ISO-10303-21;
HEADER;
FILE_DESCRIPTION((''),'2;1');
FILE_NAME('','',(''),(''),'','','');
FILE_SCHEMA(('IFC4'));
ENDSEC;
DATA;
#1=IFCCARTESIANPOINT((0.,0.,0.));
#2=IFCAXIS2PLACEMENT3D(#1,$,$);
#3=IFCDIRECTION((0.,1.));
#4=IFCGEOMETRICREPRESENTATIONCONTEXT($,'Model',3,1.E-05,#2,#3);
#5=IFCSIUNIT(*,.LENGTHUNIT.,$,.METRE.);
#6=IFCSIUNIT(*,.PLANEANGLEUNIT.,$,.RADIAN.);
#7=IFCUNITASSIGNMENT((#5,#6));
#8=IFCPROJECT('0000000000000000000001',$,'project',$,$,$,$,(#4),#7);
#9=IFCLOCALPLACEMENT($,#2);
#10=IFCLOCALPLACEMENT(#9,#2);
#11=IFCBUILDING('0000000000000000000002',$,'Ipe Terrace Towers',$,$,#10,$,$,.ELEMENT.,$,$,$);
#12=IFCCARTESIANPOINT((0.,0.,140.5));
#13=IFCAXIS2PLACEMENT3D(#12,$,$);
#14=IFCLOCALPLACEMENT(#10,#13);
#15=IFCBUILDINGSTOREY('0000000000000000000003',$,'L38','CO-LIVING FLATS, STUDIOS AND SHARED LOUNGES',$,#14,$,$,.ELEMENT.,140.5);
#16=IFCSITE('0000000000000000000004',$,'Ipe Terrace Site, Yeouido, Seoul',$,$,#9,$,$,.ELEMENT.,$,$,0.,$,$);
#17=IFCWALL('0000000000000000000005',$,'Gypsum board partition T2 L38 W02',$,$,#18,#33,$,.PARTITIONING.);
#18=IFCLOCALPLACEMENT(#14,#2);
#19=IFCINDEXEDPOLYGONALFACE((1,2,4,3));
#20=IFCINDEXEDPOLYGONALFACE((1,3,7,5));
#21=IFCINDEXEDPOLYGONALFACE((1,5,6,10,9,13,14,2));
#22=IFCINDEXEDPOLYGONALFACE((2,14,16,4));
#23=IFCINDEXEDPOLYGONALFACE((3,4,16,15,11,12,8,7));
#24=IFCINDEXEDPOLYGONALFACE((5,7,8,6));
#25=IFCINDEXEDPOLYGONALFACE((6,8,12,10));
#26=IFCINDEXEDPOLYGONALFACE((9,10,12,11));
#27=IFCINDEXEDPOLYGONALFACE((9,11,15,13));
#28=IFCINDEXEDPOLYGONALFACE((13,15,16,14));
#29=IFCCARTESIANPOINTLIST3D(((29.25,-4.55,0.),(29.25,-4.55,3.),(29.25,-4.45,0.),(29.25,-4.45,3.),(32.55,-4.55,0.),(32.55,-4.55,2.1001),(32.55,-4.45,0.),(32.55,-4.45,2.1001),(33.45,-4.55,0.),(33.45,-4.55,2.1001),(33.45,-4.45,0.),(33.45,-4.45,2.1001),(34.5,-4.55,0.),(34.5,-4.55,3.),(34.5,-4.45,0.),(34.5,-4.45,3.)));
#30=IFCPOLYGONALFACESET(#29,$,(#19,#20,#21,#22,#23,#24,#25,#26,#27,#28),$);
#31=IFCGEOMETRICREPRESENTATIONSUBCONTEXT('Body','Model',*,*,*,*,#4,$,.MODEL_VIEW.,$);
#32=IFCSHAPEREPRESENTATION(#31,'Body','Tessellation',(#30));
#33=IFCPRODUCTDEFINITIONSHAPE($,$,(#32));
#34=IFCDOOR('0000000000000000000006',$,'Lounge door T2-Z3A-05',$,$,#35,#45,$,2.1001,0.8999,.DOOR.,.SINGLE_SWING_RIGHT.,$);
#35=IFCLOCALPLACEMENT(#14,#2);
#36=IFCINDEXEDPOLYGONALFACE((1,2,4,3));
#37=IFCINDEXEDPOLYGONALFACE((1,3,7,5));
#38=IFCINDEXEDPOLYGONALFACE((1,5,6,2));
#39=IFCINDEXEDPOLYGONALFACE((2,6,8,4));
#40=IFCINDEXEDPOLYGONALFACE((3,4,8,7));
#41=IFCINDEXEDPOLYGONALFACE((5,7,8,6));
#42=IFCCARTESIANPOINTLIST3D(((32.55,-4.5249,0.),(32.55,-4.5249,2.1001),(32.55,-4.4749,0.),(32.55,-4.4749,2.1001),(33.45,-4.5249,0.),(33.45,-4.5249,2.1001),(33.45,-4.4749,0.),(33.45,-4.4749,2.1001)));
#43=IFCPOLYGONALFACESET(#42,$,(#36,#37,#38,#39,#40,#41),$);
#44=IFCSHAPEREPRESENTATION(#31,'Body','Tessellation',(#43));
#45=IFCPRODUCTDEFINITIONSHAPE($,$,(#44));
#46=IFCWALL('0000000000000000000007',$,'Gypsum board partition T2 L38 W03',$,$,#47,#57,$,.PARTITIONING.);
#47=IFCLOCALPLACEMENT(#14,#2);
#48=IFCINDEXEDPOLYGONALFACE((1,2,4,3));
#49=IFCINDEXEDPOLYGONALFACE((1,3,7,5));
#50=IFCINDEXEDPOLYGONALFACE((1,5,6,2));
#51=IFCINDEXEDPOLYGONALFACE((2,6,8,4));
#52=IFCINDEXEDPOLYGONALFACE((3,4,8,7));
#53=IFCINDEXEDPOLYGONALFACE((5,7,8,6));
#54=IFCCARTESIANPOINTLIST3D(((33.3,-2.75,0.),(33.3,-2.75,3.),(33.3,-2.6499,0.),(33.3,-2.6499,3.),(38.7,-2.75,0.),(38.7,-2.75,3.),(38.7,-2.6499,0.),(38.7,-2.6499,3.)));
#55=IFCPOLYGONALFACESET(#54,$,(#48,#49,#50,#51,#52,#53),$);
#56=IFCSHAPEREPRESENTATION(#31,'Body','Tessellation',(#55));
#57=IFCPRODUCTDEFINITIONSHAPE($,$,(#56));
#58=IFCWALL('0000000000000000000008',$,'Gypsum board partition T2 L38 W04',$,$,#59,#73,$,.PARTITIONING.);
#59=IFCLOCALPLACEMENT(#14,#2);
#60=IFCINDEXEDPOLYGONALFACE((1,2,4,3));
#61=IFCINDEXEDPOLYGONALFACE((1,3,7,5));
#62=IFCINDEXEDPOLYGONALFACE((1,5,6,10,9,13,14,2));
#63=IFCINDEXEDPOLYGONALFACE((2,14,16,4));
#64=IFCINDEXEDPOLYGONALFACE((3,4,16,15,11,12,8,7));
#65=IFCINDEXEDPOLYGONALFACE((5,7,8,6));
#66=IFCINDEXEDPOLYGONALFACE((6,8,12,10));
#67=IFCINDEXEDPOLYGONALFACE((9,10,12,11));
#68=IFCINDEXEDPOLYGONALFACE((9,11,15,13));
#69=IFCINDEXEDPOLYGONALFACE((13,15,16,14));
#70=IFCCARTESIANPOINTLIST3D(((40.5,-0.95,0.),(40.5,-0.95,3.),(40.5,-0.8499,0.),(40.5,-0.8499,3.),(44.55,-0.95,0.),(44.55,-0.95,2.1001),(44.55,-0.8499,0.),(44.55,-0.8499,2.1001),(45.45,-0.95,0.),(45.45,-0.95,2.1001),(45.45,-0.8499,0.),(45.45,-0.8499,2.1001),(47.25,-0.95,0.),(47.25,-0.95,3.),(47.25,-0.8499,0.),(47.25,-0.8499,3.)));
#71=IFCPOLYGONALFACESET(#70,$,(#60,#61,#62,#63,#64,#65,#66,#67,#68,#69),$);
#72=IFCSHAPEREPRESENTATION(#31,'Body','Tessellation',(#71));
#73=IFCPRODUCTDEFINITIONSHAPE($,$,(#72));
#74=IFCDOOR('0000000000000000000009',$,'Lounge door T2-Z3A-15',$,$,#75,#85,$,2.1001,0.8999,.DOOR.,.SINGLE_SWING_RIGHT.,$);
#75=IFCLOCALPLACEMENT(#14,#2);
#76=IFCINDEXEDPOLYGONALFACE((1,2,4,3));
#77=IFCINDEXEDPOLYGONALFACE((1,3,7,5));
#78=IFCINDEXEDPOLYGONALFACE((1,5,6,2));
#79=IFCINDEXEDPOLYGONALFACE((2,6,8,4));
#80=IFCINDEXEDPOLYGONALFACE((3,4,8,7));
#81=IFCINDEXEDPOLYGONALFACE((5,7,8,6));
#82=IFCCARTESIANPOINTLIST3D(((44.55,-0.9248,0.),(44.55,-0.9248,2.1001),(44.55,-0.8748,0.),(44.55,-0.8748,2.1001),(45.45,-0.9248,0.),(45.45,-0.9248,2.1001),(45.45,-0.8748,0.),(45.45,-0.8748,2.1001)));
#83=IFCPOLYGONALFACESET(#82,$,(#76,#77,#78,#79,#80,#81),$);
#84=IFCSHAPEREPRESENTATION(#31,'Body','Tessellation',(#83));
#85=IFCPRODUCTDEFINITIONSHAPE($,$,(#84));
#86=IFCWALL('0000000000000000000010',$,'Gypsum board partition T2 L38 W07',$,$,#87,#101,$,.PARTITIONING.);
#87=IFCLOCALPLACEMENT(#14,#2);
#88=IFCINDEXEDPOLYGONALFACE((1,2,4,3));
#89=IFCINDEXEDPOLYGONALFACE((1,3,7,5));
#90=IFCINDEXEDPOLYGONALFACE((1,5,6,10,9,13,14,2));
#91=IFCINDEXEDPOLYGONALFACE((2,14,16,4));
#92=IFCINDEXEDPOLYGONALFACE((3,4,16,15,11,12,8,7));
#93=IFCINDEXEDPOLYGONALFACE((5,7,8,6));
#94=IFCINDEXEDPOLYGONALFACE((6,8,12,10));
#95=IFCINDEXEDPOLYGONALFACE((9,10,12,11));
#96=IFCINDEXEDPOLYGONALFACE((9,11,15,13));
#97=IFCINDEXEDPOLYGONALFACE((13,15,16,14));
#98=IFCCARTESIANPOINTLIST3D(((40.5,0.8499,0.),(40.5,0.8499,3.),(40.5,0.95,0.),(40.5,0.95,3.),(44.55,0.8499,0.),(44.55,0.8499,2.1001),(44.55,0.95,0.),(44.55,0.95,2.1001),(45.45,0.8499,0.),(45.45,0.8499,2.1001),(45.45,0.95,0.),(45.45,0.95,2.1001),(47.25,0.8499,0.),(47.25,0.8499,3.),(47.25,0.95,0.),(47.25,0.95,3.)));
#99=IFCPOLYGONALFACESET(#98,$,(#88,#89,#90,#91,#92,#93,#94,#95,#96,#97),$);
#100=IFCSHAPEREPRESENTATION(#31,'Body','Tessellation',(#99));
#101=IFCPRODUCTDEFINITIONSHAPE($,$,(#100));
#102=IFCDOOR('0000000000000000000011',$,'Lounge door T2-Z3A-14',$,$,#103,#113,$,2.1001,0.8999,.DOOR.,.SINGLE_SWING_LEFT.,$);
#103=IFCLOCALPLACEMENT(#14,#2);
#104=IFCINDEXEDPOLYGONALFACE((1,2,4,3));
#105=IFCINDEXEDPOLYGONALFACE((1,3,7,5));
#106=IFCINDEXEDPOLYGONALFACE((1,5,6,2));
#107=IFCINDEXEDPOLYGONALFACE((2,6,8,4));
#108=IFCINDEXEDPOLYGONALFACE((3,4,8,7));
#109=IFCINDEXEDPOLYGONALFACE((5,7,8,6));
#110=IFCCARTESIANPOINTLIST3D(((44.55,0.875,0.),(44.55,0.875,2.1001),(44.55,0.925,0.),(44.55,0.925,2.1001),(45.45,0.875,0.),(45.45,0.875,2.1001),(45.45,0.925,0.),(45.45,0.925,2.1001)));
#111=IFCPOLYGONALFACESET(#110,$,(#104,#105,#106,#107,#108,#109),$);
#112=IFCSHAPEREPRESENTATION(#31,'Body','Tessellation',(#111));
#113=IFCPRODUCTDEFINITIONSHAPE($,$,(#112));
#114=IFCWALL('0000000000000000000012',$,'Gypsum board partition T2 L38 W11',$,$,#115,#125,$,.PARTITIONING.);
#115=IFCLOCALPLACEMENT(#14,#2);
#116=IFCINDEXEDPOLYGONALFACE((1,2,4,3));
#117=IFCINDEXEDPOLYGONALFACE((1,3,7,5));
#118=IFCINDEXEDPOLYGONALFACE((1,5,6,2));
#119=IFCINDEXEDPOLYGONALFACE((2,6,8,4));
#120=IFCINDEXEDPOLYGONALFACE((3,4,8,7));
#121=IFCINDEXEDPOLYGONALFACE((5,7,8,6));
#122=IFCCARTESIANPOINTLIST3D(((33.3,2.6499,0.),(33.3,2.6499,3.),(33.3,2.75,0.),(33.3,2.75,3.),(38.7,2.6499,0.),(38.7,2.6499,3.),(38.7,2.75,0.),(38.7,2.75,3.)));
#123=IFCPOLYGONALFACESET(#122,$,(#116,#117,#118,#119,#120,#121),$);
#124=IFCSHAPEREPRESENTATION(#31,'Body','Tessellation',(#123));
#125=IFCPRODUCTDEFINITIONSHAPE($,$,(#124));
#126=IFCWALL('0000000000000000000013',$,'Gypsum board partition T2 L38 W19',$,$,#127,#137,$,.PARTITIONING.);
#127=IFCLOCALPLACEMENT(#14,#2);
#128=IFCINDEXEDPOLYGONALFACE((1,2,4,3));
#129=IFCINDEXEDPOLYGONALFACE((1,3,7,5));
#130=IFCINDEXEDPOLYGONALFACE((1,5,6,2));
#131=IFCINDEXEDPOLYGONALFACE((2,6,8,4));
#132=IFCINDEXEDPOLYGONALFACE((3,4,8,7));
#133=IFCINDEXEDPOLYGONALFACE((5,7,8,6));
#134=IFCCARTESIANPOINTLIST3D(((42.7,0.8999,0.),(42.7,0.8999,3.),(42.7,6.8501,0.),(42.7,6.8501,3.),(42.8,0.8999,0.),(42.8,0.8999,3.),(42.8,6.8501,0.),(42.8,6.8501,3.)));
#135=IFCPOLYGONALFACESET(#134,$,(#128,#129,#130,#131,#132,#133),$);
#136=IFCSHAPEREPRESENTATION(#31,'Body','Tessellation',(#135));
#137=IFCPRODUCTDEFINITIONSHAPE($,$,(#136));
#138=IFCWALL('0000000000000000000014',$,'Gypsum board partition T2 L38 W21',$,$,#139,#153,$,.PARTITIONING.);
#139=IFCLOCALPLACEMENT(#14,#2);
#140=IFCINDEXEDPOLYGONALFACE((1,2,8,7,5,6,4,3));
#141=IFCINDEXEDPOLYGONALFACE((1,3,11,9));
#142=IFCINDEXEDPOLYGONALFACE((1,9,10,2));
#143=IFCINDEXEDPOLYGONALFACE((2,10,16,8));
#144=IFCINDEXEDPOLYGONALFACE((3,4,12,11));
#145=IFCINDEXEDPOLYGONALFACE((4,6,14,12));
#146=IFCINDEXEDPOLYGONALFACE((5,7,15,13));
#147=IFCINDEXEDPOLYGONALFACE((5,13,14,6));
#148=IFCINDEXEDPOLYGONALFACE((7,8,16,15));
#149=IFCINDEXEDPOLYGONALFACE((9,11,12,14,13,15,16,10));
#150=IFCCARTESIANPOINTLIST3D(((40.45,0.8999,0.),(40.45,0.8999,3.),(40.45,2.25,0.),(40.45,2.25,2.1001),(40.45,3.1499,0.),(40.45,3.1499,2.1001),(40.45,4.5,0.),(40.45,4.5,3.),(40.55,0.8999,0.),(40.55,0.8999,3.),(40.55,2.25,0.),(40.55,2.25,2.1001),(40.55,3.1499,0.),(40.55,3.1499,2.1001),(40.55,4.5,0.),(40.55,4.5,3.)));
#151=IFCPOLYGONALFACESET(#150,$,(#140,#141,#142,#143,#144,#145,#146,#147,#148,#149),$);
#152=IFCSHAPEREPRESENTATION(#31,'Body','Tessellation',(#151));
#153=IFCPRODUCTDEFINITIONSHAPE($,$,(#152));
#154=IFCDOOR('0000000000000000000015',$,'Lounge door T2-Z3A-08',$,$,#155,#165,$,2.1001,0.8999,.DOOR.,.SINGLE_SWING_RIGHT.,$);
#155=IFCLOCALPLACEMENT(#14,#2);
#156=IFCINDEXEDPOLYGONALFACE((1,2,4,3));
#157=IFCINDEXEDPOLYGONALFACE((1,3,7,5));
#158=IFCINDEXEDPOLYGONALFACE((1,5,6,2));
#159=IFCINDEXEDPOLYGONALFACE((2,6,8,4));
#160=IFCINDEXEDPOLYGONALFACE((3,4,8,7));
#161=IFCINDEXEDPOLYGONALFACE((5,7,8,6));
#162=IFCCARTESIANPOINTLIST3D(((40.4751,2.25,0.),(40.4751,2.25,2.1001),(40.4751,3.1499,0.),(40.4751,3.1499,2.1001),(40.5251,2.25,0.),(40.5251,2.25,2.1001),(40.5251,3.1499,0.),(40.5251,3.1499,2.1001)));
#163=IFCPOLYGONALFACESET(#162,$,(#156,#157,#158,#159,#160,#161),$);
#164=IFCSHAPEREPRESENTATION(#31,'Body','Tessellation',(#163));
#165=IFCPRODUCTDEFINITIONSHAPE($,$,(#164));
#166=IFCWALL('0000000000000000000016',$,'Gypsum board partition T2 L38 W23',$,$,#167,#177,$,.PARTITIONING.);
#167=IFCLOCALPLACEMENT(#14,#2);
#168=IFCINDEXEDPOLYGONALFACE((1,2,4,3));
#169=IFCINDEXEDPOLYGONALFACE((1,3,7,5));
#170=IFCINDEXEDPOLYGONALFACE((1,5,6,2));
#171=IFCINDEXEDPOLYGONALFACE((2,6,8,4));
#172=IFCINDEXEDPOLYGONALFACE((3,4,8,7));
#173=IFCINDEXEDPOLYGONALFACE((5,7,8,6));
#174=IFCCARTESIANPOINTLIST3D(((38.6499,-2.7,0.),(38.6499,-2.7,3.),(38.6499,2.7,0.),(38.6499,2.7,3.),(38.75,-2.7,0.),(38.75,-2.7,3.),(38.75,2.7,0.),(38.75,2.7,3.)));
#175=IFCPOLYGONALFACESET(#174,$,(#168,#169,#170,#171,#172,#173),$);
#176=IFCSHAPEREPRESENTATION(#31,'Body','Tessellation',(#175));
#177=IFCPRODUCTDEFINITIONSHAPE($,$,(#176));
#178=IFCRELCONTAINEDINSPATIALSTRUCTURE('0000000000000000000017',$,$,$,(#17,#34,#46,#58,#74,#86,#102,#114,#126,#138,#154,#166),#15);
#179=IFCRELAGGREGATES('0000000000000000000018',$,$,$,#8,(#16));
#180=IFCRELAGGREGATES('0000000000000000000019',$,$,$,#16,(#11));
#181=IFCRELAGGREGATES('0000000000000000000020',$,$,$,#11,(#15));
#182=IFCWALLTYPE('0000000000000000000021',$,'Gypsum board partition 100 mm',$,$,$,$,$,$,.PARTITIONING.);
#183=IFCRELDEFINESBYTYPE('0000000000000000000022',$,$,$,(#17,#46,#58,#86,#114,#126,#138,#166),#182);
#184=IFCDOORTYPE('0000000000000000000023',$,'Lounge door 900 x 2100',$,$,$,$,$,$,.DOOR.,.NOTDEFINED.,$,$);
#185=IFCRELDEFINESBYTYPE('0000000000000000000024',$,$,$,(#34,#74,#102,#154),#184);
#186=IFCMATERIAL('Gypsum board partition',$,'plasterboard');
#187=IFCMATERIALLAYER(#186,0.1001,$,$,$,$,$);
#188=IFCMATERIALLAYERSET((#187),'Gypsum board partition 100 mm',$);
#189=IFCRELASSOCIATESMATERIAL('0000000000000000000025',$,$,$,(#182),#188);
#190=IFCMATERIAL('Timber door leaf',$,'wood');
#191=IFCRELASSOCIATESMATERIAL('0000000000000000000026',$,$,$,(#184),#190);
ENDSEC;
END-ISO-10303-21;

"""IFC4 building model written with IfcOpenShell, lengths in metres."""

from ifc_helpers import new_model, si_unit, direction, frame, frame_2d, origin, place, context, subcontext, project, spatial, rectangle, extrude, material, layer, layer_set, type_object, element, fill, save


model = new_model("IFC4")

# Units and contexts
model_context = context("Model", 3, precision=1e-05, world=origin(), true_north=direction((0.0, 1.0)))
body_context = subcontext(model_context, "Body", "Model", "MODEL_VIEW")
ifc_project = project(units=[si_unit("LENGTHUNIT", "METRE"), si_unit("PLANEANGLEUNIT", "RADIAN")], contexts=[model_context])

# Site, building, storey
site_placement = place(None, origin())
site = spatial("IfcSite", under=ifc_project, at=site_placement, Name="Ipe Terrace Site, Yeouido, Seoul", CompositionType="ELEMENT", RefElevation=0.0)
building_placement = place(site_placement, origin())
building = spatial("IfcBuilding", under=site, at=building_placement, Name="Ipe Terrace Towers", CompositionType="ELEMENT")
storey_placement = place(building_placement, frame((0.0, 0.0, 140.5)))
storey = spatial("IfcBuildingStorey", under=building, at=storey_placement, Name="L38", Description="CO-LIVING FLATS, STUDIOS AND SHARED LOUNGES", CompositionType="ELEMENT", Elevation=140.5)

# Wall, opening, door
ifc_material_1 = material(Name="Gypsum board partition", Category="plasterboard")
ifc_layer_1 = layer(ifc_material_1, 0.1001)
ifc_layer_set_1 = layer_set([ifc_layer_1], Name="Gypsum board partition 100 mm")
wall_type_1 = type_object("IfcWallType", Name="Gypsum board partition 100 mm", PredefinedType="PARTITIONING", material=ifc_layer_set_1)
ifc_material_2 = material(Name="Timber door leaf", Category="wood")
door_type = type_object("IfcDoorType", Name="Lounge door 900 x 2100", OperationType="NOTDEFINED", PredefinedType="DOOR", material=ifc_material_2)
wall_1_placement = place(storey_placement, frame((34.5, -4.5, 0.0), z_axis=(0.0, 0.0, 1.0), x_axis=(-1.0, 0.0, 0.0)))
wall_1 = element("IfcWall", 1, at=wall_1_placement, inside=storey, type_object=wall_type_1, Name="Gypsum board partition T2 L38 W02", PredefinedType="PARTITIONING", context=body_context, shape_type="SweptSolid", body=[
    extrude(rectangle(XDim=5.25, YDim=0.1001, at=frame_2d((2.625, 0.0))), origin(), (0.0, 0.0, 1.0), 3.0),
])
opening_1_placement = place(wall_1_placement, frame((1.05, 0.0, 0.0)))
opening_1 = element("IfcOpeningElement", 2, at=opening_1_placement, cuts=wall_1, PredefinedType="OPENING", context=body_context, shape_type="SweptSolid", body=[
    extrude(rectangle(XDim=0.8999, YDim=2.1001, at=frame_2d((0.45, 1.05))), frame((0.0, 0.0601, 0.0), z_axis=(0.0, -1.0, 0.0), x_axis=(1.0, 0.0, 0.0)), (0.0, 0.0, 1.0), 0.1201),
])
door_1_placement = place(opening_1_placement, origin())
door_1 = element("IfcDoor", 3, at=door_1_placement, inside=storey, type_object=door_type, Name="Lounge door T2-Z3A-05", OperationType="SINGLE_SWING_RIGHT", OverallHeight=2.1001, OverallWidth=0.8999, PredefinedType="DOOR", context=body_context, shape_type="SweptSolid", body=[
    extrude(rectangle(XDim=0.8999, YDim=2.1001, at=frame_2d((0.45, 1.05))), frame((0.0, 0.0249, 0.0), z_axis=(0.0, -1.0, 0.0), x_axis=(1.0, 0.0, 0.0)), (0.0, 0.0, 1.0), 0.05),
])
fill(opening_1, door_1)

# Wall
wall_2_placement = place(storey_placement, frame((38.7, -2.7, 0.0), z_axis=(0.0, 0.0, 1.0), x_axis=(-1.0, 0.0, 0.0)))
element("IfcWall", 4, at=wall_2_placement, inside=storey, type_object=wall_type_1, Name="Gypsum board partition T2 L38 W03", PredefinedType="PARTITIONING", context=body_context, shape_type="SweptSolid", body=[
    extrude(rectangle(XDim=5.3999, YDim=0.1001, at=frame_2d((2.7, 0.0))), origin(), (0.0, 0.0, 1.0), 3.0),
])

# Walls, openings, doors
wall_3_placement = place(storey_placement, frame((47.25, -0.8999, 0.0), z_axis=(0.0, 0.0, 1.0), x_axis=(-1.0, 0.0, 0.0)))
wall_3 = element("IfcWall", 5, at=wall_3_placement, inside=storey, type_object=wall_type_1, Name="Gypsum board partition T2 L38 W04", PredefinedType="PARTITIONING", context=body_context, shape_type="SweptSolid", body=[
    extrude(rectangle(XDim=6.75, YDim=0.1001, at=frame_2d((3.375, 0.0))), origin(), (0.0, 0.0, 1.0), 3.0),
])
opening_2_placement = place(wall_3_placement, frame((1.8, 0.0, 0.0)))
opening_2 = element("IfcOpeningElement", 6, at=opening_2_placement, cuts=wall_3, PredefinedType="OPENING", context=body_context, shape_type="SweptSolid", body=[
    extrude(rectangle(XDim=0.8999, YDim=2.1001, at=frame_2d((0.45, 1.05))), frame((0.0, 0.0601, 0.0), z_axis=(0.0, -1.0, 0.0), x_axis=(1.0, 0.0, 0.0)), (0.0, 0.0, 1.0), 0.1201),
])
door_2_placement = place(opening_2_placement, origin())
door_2 = element("IfcDoor", 7, at=door_2_placement, inside=storey, type_object=door_type, Name="Lounge door T2-Z3A-15", OperationType="SINGLE_SWING_RIGHT", OverallHeight=2.1001, OverallWidth=0.8999, PredefinedType="DOOR", context=body_context, shape_type="SweptSolid", body=[
    extrude(rectangle(XDim=0.8999, YDim=2.1001, at=frame_2d((0.45, 1.05))), frame((0.0, 0.0249, 0.0), z_axis=(0.0, -1.0, 0.0), x_axis=(1.0, 0.0, 0.0)), (0.0, 0.0, 1.0), 0.05),
])
fill(opening_2, door_2)
wall_4_placement = place(storey_placement, frame((47.25, 0.8999, 0.0), z_axis=(0.0, 0.0, 1.0), x_axis=(-1.0, 0.0, 0.0)))
wall_4 = element("IfcWall", 8, at=wall_4_placement, inside=storey, type_object=wall_type_1, Name="Gypsum board partition T2 L38 W07", PredefinedType="PARTITIONING", context=body_context, shape_type="SweptSolid", body=[
    extrude(rectangle(XDim=6.75, YDim=0.1001, at=frame_2d((3.375, 0.0))), origin(), (0.0, 0.0, 1.0), 3.0),
])
opening_3_placement = place(wall_4_placement, frame((1.8, 0.0, 0.0)))
opening_3 = element("IfcOpeningElement", 9, at=opening_3_placement, cuts=wall_4, PredefinedType="OPENING", context=body_context, shape_type="SweptSolid", body=[
    extrude(rectangle(XDim=0.8999, YDim=2.1001, at=frame_2d((0.45, 1.05))), frame((0.0, 0.0601, 0.0), z_axis=(0.0, -1.0, 0.0), x_axis=(1.0, 0.0, 0.0)), (0.0, 0.0, 1.0), 0.1201),
])
door_3_placement = place(opening_3_placement, origin())
door_3 = element("IfcDoor", 10, at=door_3_placement, inside=storey, type_object=door_type, Name="Lounge door T2-Z3A-14", OperationType="SINGLE_SWING_LEFT", OverallHeight=2.1001, OverallWidth=0.8999, PredefinedType="DOOR", context=body_context, shape_type="SweptSolid", body=[
    extrude(rectangle(XDim=0.8999, YDim=2.1001, at=frame_2d((0.45, 1.05))), frame((0.0, 0.0249, 0.0), z_axis=(0.0, -1.0, 0.0), x_axis=(1.0, 0.0, 0.0)), (0.0, 0.0, 1.0), 0.05),
])
fill(opening_3, door_3)

# Walls
wall_5_placement = place(storey_placement, frame((38.7, 2.7, 0.0), z_axis=(0.0, 0.0, 1.0), x_axis=(-1.0, 0.0, 0.0)))
element("IfcWall", 11, at=wall_5_placement, inside=storey, type_object=wall_type_1, Name="Gypsum board partition T2 L38 W11", PredefinedType="PARTITIONING", context=body_context, shape_type="SweptSolid", body=[
    extrude(rectangle(XDim=5.3999, YDim=0.1001, at=frame_2d((2.7, 0.0))), origin(), (0.0, 0.0, 1.0), 3.0),
])
wall_6_placement = place(storey_placement, frame((42.75, 0.8999, 0.0), z_axis=(0.0, 0.0, 1.0), x_axis=(0.0, 1.0, 0.0)))
element("IfcWall", 12, at=wall_6_placement, inside=storey, type_object=wall_type_1, Name="Gypsum board partition T2 L38 W19", PredefinedType="PARTITIONING", context=body_context, shape_type="SweptSolid", body=[
    extrude(rectangle(XDim=5.9502, YDim=0.1001, at=frame_2d((2.9751, 0.0))), origin(), (0.0, 0.0, 1.0), 3.0),
])

# Wall, opening, door
wall_7_placement = place(storey_placement, frame((40.5, 0.8999, 0.0), z_axis=(0.0, 0.0, 1.0), x_axis=(0.0, 1.0, 0.0)))
wall_7 = element("IfcWall", 13, at=wall_7_placement, inside=storey, type_object=wall_type_1, Name="Gypsum board partition T2 L38 W21", PredefinedType="PARTITIONING", context=body_context, shape_type="SweptSolid", body=[
    extrude(rectangle(XDim=3.6001, YDim=0.1001, at=frame_2d((1.8, 0.0))), origin(), (0.0, 0.0, 1.0), 3.0),
])
opening_4_placement = place(wall_7_placement, frame((1.3501, 0.0, 0.0)))
opening_4 = element("IfcOpeningElement", 14, at=opening_4_placement, cuts=wall_7, PredefinedType="OPENING", context=body_context, shape_type="SweptSolid", body=[
    extrude(rectangle(XDim=0.8999, YDim=2.1001, at=frame_2d((0.45, 1.05))), frame((0.0, 0.0601, 0.0), z_axis=(0.0, -1.0, 0.0), x_axis=(1.0, 0.0, 0.0)), (0.0, 0.0, 1.0), 0.1201),
])
door_4_placement = place(opening_4_placement, origin())
door_4 = element("IfcDoor", 15, at=door_4_placement, inside=storey, type_object=door_type, Name="Lounge door T2-Z3A-08", OperationType="SINGLE_SWING_RIGHT", OverallHeight=2.1001, OverallWidth=0.8999, PredefinedType="DOOR", context=body_context, shape_type="SweptSolid", body=[
    extrude(rectangle(XDim=0.8999, YDim=2.1001, at=frame_2d((0.45, 1.05))), frame((0.0, 0.0249, 0.0), z_axis=(0.0, -1.0, 0.0), x_axis=(1.0, 0.0, 0.0)), (0.0, 0.0, 1.0), 0.05),
])
fill(opening_4, door_4)

# Wall
wall_8_placement = place(storey_placement, frame((38.7, -2.7, 0.0), z_axis=(0.0, 0.0, 1.0), x_axis=(0.0, 1.0, 0.0)))
element("IfcWall", 16, at=wall_8_placement, inside=storey, type_object=wall_type_1, Name="Gypsum board partition T2 L38 W23", PredefinedType="PARTITIONING", context=body_context, shape_type="SweptSolid", body=[
    extrude(rectangle(XDim=5.3999, YDim=0.1001, at=frame_2d((2.7, 0.0))), origin(), (0.0, 0.0, 1.0), 3.0),
])

save(model, "model.ifc")
